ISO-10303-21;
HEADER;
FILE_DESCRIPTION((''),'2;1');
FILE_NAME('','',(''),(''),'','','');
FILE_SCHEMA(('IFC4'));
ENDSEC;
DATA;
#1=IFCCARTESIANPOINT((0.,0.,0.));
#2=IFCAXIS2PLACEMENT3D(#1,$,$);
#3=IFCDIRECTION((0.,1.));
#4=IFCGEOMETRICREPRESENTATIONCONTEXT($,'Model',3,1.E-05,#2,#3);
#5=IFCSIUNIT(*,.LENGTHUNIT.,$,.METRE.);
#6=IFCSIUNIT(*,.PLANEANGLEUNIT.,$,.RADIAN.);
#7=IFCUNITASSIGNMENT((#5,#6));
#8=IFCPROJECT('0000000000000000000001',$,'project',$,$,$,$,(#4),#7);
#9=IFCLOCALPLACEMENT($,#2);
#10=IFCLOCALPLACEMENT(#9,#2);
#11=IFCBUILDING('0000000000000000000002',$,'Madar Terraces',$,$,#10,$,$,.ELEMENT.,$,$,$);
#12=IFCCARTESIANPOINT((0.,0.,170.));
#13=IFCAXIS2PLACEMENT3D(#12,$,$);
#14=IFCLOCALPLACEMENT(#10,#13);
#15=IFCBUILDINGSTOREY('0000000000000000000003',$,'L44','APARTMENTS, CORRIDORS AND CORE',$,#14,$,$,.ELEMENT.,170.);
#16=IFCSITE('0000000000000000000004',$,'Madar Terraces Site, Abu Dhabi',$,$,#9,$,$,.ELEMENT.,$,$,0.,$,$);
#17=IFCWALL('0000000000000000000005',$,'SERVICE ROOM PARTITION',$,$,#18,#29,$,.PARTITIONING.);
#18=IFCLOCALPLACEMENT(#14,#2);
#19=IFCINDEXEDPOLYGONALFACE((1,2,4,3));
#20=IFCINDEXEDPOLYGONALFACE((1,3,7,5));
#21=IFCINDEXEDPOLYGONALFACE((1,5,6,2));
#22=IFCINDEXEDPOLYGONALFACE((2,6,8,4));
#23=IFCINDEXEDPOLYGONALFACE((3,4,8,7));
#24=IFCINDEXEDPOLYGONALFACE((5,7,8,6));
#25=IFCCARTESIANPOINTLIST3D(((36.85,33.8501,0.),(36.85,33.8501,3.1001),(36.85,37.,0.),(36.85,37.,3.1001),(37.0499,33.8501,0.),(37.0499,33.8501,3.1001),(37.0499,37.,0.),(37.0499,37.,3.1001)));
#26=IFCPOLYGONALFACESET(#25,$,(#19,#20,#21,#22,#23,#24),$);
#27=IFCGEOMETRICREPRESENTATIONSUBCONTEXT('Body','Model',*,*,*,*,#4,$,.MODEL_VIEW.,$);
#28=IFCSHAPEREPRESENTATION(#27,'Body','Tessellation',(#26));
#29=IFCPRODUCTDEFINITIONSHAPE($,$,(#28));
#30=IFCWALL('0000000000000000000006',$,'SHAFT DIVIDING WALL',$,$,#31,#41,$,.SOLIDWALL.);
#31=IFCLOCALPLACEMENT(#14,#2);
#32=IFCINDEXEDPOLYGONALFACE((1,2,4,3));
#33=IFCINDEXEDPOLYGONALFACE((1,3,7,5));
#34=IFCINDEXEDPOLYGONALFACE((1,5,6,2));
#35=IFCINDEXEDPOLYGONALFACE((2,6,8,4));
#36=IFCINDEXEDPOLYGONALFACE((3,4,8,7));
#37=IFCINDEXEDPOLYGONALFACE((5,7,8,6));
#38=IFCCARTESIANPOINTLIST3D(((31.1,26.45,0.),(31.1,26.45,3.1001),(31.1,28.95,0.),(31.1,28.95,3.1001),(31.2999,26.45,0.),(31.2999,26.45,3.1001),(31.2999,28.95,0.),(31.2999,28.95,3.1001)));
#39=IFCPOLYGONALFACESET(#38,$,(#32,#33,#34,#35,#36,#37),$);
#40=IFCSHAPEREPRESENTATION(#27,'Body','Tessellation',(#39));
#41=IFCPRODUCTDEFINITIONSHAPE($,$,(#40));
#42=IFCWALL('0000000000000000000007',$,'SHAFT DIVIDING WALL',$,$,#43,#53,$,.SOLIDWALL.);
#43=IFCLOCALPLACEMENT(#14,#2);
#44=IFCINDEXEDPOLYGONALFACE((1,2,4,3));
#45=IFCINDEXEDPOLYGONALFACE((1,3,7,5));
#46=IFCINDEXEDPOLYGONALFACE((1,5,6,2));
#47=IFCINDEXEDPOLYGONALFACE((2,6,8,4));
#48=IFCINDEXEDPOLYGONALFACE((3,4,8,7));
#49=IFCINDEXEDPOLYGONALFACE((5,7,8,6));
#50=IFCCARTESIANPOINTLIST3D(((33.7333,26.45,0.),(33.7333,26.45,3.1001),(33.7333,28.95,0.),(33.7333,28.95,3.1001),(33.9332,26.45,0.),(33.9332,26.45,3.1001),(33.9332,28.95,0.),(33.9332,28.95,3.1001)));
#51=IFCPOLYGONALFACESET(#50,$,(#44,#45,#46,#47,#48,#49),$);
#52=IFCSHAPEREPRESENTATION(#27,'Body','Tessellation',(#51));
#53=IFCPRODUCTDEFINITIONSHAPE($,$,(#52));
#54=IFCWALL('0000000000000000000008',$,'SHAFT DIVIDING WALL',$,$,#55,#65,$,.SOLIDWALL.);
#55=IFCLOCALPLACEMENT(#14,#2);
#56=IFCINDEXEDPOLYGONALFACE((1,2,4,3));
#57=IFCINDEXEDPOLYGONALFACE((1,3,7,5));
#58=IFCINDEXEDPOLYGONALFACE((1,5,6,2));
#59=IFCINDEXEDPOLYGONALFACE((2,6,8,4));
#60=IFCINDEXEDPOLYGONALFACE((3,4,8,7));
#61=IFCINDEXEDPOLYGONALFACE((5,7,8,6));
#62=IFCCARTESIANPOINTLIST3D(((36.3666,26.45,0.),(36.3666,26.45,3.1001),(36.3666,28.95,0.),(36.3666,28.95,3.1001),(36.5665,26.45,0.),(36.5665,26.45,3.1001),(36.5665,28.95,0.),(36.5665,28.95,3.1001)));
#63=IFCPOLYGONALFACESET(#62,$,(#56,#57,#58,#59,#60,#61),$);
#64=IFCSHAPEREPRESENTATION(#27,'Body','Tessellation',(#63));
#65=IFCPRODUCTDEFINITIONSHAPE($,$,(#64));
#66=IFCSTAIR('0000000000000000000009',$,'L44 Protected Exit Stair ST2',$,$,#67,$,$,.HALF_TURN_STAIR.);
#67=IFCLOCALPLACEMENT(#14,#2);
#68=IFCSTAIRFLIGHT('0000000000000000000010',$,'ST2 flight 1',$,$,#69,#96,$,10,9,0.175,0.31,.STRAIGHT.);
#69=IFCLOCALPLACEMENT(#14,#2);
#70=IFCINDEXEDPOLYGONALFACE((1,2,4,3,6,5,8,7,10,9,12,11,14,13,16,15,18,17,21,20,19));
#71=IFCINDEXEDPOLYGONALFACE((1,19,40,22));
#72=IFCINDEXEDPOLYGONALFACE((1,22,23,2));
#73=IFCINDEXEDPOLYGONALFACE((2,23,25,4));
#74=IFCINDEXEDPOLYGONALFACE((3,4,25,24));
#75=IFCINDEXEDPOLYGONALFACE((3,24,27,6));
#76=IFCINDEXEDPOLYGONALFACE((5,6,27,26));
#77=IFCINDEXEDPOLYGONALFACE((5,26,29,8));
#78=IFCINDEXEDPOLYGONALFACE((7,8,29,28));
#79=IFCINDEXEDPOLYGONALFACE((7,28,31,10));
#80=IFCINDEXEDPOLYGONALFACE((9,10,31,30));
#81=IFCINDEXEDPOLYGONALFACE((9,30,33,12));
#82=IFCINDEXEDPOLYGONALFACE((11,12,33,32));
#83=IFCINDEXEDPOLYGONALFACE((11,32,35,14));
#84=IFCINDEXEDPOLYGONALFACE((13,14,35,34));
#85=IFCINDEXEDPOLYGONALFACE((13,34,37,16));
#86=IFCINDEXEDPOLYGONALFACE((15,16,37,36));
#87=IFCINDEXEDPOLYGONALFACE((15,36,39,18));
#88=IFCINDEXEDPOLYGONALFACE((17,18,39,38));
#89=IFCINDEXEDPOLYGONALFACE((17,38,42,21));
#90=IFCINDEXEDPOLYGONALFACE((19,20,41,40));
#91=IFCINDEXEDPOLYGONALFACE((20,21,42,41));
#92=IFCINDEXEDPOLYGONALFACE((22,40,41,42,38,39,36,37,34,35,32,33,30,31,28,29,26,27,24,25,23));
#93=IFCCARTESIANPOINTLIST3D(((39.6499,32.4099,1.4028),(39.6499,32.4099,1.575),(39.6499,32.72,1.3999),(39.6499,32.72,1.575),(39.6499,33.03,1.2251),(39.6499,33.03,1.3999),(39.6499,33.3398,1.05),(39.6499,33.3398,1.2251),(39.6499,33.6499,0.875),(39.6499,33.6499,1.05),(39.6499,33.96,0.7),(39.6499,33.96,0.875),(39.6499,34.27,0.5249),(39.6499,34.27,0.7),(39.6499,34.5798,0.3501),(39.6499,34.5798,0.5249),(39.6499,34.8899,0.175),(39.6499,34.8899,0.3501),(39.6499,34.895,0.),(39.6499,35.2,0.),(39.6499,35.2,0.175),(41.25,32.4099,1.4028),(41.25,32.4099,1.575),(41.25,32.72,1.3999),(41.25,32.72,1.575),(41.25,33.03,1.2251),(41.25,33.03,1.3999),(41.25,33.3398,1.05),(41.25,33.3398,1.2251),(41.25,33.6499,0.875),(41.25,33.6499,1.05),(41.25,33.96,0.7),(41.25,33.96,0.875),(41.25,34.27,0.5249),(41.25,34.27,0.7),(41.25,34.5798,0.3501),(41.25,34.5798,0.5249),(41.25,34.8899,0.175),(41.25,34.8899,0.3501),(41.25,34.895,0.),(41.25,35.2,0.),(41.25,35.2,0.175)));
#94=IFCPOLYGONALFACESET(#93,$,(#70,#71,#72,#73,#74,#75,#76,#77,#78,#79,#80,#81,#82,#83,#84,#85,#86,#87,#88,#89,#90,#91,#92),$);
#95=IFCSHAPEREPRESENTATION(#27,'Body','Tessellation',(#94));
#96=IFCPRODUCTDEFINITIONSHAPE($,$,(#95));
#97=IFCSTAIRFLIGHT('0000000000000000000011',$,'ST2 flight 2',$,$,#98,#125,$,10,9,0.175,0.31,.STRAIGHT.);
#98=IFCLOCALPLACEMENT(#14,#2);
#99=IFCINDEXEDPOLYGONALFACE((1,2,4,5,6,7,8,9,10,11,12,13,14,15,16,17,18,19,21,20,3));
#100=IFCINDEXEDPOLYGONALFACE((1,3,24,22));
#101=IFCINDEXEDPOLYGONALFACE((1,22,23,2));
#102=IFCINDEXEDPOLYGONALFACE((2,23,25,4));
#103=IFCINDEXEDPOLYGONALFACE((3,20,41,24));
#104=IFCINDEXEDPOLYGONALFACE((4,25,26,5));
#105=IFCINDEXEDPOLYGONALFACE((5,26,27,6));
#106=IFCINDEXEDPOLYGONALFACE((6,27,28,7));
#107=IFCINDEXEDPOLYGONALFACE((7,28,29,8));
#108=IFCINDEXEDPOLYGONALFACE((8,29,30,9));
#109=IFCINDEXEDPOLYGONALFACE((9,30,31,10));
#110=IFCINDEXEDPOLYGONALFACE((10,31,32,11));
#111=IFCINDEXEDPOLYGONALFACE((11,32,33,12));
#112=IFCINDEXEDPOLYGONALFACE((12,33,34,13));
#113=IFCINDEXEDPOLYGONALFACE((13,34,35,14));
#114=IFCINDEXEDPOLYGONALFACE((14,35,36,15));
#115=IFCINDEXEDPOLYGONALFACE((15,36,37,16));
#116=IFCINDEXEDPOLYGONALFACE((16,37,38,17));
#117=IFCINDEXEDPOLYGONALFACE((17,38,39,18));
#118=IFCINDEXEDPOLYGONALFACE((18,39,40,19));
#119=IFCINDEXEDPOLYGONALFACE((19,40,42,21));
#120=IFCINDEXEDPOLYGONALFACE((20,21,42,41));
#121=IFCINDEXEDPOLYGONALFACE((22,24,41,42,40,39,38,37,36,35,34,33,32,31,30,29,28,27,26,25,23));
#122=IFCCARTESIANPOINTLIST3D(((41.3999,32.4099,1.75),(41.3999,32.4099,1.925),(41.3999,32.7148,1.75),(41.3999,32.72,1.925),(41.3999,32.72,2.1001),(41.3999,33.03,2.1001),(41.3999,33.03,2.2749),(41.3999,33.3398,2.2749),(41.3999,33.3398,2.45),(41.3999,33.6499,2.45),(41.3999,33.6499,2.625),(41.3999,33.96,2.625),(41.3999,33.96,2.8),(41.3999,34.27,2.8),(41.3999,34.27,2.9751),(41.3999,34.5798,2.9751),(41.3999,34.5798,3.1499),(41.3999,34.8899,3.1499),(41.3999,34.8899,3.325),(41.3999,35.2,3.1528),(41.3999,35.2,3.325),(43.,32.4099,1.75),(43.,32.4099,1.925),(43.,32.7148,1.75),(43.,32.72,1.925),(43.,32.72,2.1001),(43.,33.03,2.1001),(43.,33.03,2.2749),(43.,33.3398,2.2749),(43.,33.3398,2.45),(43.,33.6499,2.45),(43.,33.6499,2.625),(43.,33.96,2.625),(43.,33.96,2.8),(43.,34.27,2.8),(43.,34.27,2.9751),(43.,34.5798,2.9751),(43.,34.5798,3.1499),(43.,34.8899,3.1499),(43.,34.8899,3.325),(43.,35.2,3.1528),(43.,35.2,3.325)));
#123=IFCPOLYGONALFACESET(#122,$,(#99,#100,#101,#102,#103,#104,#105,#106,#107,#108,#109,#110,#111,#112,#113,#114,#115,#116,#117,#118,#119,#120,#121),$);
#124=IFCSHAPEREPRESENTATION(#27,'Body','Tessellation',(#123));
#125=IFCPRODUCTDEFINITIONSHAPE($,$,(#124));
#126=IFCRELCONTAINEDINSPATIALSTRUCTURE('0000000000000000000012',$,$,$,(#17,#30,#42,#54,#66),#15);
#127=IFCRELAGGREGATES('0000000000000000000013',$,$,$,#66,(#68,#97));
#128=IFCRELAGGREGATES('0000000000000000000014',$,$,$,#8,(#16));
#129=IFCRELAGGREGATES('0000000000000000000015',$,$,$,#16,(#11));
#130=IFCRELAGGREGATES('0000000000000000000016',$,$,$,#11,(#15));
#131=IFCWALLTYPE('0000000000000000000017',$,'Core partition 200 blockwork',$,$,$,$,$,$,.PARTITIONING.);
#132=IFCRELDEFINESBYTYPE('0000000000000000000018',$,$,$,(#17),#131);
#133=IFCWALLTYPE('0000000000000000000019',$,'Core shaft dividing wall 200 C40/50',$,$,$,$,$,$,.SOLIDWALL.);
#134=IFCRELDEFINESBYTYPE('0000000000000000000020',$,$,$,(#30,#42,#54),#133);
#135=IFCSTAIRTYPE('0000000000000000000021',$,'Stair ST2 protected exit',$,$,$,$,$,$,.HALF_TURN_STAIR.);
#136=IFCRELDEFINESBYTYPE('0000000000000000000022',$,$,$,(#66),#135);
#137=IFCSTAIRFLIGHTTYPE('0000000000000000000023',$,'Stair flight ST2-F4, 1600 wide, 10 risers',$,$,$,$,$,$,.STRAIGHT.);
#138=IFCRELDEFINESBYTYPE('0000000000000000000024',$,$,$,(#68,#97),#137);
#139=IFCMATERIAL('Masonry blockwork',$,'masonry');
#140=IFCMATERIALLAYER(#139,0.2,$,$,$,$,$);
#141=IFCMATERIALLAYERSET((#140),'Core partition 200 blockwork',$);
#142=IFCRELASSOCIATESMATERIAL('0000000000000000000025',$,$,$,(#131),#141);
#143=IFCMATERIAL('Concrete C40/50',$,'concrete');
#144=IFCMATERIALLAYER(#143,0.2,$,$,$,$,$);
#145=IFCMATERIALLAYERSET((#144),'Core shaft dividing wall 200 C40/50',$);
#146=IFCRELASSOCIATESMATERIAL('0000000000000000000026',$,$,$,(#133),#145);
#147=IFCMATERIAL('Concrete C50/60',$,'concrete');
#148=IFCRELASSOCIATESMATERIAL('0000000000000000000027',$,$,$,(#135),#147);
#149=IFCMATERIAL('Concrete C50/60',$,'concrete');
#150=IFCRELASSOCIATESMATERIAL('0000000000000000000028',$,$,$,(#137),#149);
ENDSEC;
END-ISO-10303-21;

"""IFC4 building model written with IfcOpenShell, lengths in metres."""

from ifc_helpers import new_model, si_unit, direction, frame, frame_2d, origin, place, context, subcontext, project, spatial, polyline, rectangle, outline, extrude, material, layer, layer_set, type_object, element, aggregate, save


model = new_model("IFC4")

# Units and contexts
model_context = context("Model", 3, precision=1e-05, world=origin(), true_north=direction((0.0, 1.0)))
body_context = subcontext(model_context, "Body", "Model", "MODEL_VIEW")
ifc_project = project(units=[si_unit("LENGTHUNIT", "METRE"), si_unit("PLANEANGLEUNIT", "RADIAN")], contexts=[model_context])

# Site, building, storey
site_placement = place(None, origin())
site = spatial("IfcSite", under=ifc_project, at=site_placement, Name="Madar Terraces Site, Abu Dhabi", CompositionType="ELEMENT", RefElevation=0.0)
building_placement = place(site_placement, origin())
building = spatial("IfcBuilding", under=site, at=building_placement, Name="Madar Terraces", CompositionType="ELEMENT")
storey_placement = place(building_placement, frame((0.0, 0.0, 170.0)))
storey = spatial("IfcBuildingStorey", under=building, at=storey_placement, Name="L44", Description="APARTMENTS, CORRIDORS AND CORE", CompositionType="ELEMENT", Elevation=170.0)

# Walls
ifc_material_1 = material(Name="Masonry blockwork", Category="masonry")
ifc_layer_1 = layer(ifc_material_1, 0.2)
ifc_layer_set_1 = layer_set([ifc_layer_1], Name="Core partition 200 blockwork")
wall_type_1 = type_object("IfcWallType", Name="Core partition 200 blockwork", PredefinedType="PARTITIONING", material=ifc_layer_set_1)
wall_1_placement = place(storey_placement, frame((36.95, 33.8501, 0.0), z_axis=(0.0, 0.0, 1.0), x_axis=(0.0, 1.0, 0.0)))
element("IfcWall", 1, at=wall_1_placement, inside=storey, type_object=wall_type_1, Name="SERVICE ROOM PARTITION", PredefinedType="PARTITIONING", context=body_context, shape_type="SweptSolid", body=[
    extrude(rectangle(XDim=3.1499, YDim=0.2, at=frame_2d((1.575, 0.0))), origin(), (0.0, 0.0, 1.0), 3.1001),
])
ifc_material_2 = material(Name="Concrete C40/50", Category="concrete")
ifc_layer_2 = layer(ifc_material_2, 0.2)
ifc_layer_set_2 = layer_set([ifc_layer_2], Name="Core shaft dividing wall 200 C40/50")
wall_type_2 = type_object("IfcWallType", Name="Core shaft dividing wall 200 C40/50", PredefinedType="SOLIDWALL", material=ifc_layer_set_2)
for number, where, z_axis, x_axis, name in (
    (2, (31.2, 26.45, 0.0), (0.0, 0.0, 1.0), (0.0, 1.0, 0.0), "SHAFT DIVIDING WALL"),
    (3, (33.8333, 26.45, 0.0), (0.0, 0.0, 1.0), (0.0, 1.0, 0.0), "SHAFT DIVIDING WALL"),
    (4, (36.4666, 26.45, 0.0), (0.0, 0.0, 1.0), (0.0, 1.0, 0.0), "SHAFT DIVIDING WALL"),
):
    element("IfcWall", number, at=place(storey_placement, frame(where, z_axis=z_axis, x_axis=x_axis)), inside=storey, type_object=wall_type_2, Name=name, PredefinedType="SOLIDWALL", context=body_context, shape_type="SweptSolid", body=[
        extrude(rectangle(XDim=2.5, YDim=0.2, at=frame_2d((1.25, 0.0))), origin(), (0.0, 0.0, 1.0), 3.1001),
    ])

# Stair, stair flights
ifc_material_3 = material(Name="Concrete C50/60", Category="concrete")
stair_type = type_object("IfcStairType", Name="Stair ST2 protected exit", PredefinedType="HALF_TURN_STAIR", material=ifc_material_3)
stair_placement = place(storey_placement, origin())
stair = element("IfcStair", 5, at=stair_placement, inside=storey, type_object=stair_type, Name="L44 Protected Exit Stair ST2", PredefinedType="HALF_TURN_STAIR")
ifc_material_4 = material(Name="Concrete C50/60", Category="concrete")
stair_flight_type = type_object("IfcStairFlightType", Name="Stair flight ST2-F4, 1600 wide, 10 risers", PredefinedType="STRAIGHT", material=ifc_material_4)
stair_flight_1_placement = place(storey_placement, frame((40.45, 35.2, 0.0), z_axis=(0.0, 0.0, 1.0), x_axis=(0.0, -1.0, 0.0)))
stair_flight_1 = element("IfcStairFlight", 6, at=stair_flight_1_placement, type_object=stair_flight_type, Name="ST2 flight 1", NumberOfRisers=10, NumberOfTreads=9, PredefinedType="STRAIGHT", RiserHeight=0.175, TreadLength=0.31, context=body_context, shape_type="SweptSolid", body=[
    extrude(outline(polyline([(0.0, 0.0), (0.0, 0.175), (0.3101, 0.175), (0.3101, 0.3501), (0.6201, 0.3501), (0.6201, 0.5249), (0.9299, 0.5249), (0.9299, 0.7), (1.24, 0.7), (1.24, 0.875), (1.55, 0.875), (1.55, 1.05), (1.8601, 1.05), (1.8601, 1.2251), (2.1699, 1.2251), (2.1699, 1.3999), (2.48, 1.3999), (2.48, 1.575), (2.79, 1.575), (2.79, 1.75), (2.79, 1.4028), (0.3049, 0.0), (0.0, 0.0)])), frame((0.0, 0.8, 0.0), z_axis=(0.0, -1.0, 0.0), x_axis=(1.0, 0.0, 0.0)), (0.0, 0.0, 1.0), 1.6001),
])
stair_flight_2_placement = place(storey_placement, frame((42.2, 32.4099, 1.75), z_axis=(0.0, 0.0, 1.0), x_axis=(0.0, 1.0, 0.0)))
stair_flight_2 = element("IfcStairFlight", 7, at=stair_flight_2_placement, type_object=stair_flight_type, Name="ST2 flight 2", NumberOfRisers=10, NumberOfTreads=9, PredefinedType="STRAIGHT", RiserHeight=0.175, TreadLength=0.31, context=body_context, shape_type="SweptSolid", body=[
    extrude(outline(polyline([(0.0, 0.0), (0.0, 0.175), (0.3101, 0.175), (0.3101, 0.3501), (0.6201, 0.3501), (0.6201, 0.5249), (0.9299, 0.5249), (0.9299, 0.7), (1.24, 0.7), (1.24, 0.875), (1.55, 0.875), (1.55, 1.05), (1.8601, 1.05), (1.8601, 1.2251), (2.1699, 1.2251), (2.1699, 1.3999), (2.48, 1.3999), (2.48, 1.575), (2.79, 1.575), (2.79, 1.75), (2.79, 1.4028), (0.3049, 0.0), (0.0, 0.0)])), frame((0.0, 0.8, 0.0), z_axis=(0.0, -1.0, 0.0), x_axis=(1.0, 0.0, 0.0)), (0.0, 0.0, 1.0), 1.6001),
])
aggregate(stair, [stair_flight_1, stair_flight_2])

save(model, "model.ifc")
